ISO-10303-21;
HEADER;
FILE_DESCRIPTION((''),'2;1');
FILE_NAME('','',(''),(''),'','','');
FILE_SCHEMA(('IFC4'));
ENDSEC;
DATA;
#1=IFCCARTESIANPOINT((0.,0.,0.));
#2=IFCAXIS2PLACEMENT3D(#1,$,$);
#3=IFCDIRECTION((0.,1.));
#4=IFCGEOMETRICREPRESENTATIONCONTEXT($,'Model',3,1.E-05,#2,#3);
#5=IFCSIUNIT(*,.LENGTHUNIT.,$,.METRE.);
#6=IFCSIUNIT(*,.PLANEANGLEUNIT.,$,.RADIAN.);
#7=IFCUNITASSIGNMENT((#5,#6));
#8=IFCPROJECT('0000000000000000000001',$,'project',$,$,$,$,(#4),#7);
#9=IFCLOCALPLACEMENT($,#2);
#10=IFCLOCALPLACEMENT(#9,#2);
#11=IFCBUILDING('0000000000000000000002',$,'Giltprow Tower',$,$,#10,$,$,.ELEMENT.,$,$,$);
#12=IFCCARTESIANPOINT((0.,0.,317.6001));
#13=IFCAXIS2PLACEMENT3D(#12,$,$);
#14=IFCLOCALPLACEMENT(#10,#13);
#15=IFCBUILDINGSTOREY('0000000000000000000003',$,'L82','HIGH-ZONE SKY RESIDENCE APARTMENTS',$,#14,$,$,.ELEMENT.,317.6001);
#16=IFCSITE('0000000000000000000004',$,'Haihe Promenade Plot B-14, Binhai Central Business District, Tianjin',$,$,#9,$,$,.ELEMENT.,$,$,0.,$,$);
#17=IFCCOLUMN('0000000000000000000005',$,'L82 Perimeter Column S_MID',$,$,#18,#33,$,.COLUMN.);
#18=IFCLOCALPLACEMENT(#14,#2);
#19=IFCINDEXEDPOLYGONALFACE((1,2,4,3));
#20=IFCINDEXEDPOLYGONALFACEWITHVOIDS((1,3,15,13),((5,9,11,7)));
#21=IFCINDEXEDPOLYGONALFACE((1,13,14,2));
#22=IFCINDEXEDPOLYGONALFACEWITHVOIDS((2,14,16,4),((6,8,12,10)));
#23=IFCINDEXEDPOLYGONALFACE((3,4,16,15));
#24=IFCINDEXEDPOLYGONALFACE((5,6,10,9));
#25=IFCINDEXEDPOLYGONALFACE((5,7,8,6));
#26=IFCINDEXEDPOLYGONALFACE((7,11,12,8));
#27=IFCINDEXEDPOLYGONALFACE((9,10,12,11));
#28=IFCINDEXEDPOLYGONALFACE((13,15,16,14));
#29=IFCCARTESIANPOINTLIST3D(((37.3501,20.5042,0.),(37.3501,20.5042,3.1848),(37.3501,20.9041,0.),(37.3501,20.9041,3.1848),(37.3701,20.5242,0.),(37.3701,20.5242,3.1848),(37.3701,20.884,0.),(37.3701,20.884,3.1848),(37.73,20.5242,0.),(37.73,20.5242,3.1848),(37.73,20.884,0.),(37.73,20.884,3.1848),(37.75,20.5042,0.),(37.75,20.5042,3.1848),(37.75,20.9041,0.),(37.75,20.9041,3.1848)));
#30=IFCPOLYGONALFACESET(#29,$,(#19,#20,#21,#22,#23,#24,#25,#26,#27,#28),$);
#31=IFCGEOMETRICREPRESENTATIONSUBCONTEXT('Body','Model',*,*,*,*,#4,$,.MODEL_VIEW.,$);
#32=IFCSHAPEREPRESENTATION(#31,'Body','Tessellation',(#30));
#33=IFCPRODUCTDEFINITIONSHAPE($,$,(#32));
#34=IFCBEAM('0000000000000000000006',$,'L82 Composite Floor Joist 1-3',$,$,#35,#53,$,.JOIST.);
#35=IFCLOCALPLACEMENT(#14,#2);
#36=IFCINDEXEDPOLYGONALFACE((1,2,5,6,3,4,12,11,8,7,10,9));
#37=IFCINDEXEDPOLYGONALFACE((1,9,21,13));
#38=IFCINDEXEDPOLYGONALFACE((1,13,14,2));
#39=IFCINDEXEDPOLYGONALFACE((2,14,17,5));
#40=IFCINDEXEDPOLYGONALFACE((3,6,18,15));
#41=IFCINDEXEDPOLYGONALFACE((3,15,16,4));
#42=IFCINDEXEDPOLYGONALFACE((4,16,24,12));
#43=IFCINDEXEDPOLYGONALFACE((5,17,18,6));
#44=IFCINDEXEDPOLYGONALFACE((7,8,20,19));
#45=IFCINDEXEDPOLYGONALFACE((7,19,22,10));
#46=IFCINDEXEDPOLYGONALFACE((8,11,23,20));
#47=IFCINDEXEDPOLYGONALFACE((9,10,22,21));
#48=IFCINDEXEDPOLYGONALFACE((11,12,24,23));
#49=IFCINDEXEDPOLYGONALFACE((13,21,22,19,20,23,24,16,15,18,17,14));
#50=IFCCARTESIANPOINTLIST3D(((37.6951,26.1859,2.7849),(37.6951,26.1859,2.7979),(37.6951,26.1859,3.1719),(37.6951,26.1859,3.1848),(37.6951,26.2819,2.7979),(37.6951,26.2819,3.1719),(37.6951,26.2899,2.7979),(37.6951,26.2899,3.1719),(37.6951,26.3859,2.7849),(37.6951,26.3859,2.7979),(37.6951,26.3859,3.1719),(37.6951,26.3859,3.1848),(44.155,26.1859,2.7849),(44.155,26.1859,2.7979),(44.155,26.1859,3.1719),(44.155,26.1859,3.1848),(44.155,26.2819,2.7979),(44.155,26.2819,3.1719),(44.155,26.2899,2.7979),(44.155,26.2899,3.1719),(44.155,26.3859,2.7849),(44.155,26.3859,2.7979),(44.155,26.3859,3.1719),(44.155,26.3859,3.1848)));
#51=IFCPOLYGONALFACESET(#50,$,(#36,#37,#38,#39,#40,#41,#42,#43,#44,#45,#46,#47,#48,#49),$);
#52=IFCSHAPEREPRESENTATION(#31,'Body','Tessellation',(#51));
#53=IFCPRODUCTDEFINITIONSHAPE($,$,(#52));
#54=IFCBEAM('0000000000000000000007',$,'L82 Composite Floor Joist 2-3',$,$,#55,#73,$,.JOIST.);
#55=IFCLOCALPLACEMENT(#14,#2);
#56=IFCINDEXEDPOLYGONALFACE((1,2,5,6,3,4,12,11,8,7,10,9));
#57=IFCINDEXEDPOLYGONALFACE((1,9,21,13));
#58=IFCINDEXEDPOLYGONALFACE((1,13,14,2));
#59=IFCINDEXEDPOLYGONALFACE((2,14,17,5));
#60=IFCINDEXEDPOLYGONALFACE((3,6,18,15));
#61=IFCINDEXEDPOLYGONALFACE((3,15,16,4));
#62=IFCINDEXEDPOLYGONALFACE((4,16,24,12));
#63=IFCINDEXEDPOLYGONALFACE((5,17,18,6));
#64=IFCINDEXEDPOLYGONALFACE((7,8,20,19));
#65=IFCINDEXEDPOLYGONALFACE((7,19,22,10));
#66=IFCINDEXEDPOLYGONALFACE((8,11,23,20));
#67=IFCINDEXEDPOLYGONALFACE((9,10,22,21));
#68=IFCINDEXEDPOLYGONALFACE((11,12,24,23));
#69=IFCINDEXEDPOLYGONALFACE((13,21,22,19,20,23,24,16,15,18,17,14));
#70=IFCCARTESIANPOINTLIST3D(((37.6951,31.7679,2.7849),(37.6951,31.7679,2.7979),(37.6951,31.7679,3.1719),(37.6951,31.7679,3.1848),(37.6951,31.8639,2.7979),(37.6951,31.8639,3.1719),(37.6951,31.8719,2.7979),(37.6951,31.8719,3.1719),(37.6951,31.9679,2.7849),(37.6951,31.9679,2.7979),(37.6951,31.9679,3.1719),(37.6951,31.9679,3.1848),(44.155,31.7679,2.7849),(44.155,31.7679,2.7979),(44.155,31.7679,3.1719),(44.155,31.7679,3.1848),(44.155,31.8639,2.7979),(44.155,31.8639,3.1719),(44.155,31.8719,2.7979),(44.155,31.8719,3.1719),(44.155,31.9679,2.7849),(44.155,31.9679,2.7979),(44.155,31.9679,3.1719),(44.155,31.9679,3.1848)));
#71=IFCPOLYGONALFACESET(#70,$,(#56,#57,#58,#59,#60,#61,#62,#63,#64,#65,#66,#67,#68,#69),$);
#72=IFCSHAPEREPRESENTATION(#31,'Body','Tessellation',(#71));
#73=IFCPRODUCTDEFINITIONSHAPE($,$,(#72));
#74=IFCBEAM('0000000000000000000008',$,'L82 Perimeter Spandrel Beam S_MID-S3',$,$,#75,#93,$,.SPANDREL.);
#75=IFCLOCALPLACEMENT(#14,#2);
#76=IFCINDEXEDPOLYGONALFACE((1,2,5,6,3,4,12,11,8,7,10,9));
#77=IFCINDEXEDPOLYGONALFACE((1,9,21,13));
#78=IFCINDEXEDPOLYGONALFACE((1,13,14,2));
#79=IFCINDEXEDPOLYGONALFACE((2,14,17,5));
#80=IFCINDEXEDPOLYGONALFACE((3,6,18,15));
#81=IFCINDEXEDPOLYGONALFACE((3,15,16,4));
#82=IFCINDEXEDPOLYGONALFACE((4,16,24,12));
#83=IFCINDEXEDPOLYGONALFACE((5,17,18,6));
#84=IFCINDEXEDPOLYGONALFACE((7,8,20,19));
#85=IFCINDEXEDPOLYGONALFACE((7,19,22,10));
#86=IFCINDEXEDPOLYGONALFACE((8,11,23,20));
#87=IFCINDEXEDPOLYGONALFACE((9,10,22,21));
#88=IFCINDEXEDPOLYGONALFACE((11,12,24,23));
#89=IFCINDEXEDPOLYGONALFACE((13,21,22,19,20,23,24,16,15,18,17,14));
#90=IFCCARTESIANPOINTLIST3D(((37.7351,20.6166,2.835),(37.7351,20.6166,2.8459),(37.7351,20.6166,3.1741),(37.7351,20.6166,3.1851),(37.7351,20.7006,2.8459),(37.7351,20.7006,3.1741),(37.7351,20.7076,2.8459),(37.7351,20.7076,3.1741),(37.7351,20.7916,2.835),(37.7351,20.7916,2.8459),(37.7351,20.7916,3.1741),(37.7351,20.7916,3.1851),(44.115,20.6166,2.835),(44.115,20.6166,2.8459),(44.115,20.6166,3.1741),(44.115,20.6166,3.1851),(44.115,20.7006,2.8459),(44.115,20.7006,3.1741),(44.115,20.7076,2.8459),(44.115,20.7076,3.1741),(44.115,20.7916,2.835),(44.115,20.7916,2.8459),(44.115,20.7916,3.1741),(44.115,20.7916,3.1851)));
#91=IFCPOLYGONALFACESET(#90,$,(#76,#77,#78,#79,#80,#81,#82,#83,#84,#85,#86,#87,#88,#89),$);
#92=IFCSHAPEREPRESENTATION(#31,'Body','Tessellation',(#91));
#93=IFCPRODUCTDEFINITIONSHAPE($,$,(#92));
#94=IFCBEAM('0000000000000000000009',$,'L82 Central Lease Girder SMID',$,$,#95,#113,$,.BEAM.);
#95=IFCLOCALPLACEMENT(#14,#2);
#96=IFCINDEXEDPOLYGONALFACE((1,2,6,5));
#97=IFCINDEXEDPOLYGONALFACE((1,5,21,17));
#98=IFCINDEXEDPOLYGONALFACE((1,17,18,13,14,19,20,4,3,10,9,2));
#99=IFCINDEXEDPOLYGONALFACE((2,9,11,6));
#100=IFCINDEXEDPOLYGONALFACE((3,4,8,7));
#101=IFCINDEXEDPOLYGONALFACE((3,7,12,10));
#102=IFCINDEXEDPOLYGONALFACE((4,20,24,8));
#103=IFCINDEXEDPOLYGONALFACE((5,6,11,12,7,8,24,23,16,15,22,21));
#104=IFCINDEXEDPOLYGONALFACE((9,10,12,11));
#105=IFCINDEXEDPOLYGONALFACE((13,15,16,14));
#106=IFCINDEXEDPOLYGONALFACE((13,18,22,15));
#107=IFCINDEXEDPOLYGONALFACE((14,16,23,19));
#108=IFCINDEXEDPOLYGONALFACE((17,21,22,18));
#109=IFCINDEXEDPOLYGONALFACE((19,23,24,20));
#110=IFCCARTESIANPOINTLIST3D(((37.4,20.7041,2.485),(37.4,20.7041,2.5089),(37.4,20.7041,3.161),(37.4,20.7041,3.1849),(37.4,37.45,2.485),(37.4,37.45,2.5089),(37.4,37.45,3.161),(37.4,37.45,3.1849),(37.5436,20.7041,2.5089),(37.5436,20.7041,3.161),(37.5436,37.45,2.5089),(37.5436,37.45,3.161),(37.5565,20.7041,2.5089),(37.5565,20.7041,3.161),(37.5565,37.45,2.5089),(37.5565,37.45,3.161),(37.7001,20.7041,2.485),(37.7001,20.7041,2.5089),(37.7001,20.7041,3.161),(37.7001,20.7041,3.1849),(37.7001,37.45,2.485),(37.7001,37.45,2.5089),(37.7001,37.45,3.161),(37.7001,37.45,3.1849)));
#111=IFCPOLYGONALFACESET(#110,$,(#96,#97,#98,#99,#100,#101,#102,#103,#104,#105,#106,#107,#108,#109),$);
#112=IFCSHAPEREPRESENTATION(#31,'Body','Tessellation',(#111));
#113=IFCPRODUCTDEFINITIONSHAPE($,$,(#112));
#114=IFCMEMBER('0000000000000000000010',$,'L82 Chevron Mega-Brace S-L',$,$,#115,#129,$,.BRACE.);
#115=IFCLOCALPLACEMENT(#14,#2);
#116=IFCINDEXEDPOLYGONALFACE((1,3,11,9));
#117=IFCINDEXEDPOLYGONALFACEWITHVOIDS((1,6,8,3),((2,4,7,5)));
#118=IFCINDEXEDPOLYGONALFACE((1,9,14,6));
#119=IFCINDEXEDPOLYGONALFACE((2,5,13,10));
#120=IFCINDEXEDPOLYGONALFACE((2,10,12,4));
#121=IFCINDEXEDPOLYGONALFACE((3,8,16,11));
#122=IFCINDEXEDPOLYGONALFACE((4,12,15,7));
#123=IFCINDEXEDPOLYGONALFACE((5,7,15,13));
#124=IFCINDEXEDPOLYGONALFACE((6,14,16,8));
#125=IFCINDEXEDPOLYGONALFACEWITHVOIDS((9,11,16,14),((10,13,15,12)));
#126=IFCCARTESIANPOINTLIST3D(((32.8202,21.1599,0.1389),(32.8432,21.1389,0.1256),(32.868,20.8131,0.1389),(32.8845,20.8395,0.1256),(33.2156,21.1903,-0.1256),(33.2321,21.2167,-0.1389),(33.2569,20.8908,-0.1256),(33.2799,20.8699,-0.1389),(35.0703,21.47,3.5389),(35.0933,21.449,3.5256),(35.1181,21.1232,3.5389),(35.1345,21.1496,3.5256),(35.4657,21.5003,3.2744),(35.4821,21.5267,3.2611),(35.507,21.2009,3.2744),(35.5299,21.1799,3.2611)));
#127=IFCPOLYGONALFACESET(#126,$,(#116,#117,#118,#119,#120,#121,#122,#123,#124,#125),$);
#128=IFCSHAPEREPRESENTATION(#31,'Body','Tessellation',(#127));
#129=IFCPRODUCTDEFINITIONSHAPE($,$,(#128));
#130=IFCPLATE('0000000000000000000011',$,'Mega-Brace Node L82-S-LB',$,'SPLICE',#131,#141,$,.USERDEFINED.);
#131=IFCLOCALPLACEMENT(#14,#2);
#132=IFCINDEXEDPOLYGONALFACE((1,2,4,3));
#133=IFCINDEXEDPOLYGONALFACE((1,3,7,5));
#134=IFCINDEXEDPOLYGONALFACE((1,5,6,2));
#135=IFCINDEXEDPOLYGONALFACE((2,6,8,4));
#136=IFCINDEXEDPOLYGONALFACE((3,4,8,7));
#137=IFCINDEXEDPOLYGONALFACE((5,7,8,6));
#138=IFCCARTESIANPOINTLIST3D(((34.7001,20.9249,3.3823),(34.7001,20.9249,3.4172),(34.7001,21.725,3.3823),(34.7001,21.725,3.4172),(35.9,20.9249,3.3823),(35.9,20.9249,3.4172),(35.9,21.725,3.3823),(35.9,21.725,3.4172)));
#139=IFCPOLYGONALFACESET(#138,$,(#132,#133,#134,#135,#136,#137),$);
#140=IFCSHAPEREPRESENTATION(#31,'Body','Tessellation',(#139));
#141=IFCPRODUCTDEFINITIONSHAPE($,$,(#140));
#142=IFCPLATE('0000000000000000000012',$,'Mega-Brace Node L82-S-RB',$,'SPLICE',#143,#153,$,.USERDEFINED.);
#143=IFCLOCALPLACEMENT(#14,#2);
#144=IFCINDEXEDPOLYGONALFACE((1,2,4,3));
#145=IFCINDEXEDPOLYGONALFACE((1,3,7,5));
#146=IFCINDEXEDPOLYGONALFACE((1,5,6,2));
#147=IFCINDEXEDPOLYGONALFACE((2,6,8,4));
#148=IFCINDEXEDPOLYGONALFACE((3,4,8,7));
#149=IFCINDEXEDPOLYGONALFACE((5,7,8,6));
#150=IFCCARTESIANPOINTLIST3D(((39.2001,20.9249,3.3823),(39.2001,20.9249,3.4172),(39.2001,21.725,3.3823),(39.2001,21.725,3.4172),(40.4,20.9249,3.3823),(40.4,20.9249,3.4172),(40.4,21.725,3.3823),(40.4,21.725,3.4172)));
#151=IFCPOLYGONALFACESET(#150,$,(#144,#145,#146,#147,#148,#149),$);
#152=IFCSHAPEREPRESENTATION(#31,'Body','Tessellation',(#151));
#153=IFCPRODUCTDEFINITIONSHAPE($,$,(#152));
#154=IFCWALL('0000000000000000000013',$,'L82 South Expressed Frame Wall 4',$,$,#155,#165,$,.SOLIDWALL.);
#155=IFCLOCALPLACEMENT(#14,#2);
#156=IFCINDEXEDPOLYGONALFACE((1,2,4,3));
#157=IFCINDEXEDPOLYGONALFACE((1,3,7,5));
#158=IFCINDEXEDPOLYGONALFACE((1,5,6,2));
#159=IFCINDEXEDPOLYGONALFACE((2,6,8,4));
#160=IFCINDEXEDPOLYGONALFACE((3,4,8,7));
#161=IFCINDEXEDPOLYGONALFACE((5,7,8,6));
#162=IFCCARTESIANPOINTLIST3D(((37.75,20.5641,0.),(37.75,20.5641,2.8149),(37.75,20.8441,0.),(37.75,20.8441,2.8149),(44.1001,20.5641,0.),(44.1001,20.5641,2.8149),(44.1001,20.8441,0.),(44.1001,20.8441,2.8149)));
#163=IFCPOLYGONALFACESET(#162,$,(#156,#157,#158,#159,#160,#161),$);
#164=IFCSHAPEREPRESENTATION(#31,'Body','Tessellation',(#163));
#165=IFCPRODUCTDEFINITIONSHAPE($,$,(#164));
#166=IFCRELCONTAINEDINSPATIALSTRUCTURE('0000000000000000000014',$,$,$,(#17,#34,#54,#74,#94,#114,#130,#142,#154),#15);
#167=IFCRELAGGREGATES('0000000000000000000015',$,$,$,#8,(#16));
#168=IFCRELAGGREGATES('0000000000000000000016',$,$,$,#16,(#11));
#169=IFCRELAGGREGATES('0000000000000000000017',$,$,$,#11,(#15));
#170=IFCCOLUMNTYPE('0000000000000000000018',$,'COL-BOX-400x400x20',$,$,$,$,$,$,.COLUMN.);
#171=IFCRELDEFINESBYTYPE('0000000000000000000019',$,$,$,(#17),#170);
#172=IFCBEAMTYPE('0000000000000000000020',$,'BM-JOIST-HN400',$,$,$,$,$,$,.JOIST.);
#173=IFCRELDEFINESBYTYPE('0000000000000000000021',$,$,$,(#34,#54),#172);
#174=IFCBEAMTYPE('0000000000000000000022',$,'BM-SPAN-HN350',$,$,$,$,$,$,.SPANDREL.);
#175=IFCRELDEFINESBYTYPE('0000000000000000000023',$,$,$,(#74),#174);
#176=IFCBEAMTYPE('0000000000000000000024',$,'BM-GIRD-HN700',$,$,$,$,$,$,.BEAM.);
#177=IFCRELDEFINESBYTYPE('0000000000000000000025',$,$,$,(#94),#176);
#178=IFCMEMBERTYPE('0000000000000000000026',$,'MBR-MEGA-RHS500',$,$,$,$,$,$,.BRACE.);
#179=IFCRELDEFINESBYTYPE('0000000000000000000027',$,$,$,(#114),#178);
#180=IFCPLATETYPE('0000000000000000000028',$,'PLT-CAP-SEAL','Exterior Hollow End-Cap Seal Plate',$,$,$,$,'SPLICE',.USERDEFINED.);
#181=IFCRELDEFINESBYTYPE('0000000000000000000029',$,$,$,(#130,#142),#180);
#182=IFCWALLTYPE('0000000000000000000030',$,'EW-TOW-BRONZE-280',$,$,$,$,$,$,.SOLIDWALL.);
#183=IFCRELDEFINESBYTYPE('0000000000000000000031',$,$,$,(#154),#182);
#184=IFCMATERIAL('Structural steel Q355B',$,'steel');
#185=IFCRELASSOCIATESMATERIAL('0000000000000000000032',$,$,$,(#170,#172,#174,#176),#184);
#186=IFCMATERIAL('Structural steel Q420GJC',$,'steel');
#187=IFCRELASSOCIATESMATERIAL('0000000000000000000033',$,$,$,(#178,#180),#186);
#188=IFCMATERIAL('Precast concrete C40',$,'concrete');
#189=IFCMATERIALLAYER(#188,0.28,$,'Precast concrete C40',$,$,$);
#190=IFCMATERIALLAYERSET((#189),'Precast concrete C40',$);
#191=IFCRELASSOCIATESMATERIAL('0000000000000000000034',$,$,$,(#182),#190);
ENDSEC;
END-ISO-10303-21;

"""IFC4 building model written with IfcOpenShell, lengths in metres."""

from ifc_helpers import new_model, si_unit, direction, frame, frame_2d, origin, origin_2d, place, context, subcontext, project, spatial, rectangle, hollow_rectangle, i_section, extrude, source, transform, mapped, material, layer, layer_set, material_profile, profile_set, type_object, element, save


model = new_model("IFC4")

# Units and contexts
model_context = context("Model", 3, precision=1e-05, world=origin(), true_north=direction((0.0, 1.0)))
body_context = subcontext(model_context, "Body", "Model", "MODEL_VIEW")
ifc_project = project(units=[si_unit("LENGTHUNIT", "METRE"), si_unit("PLANEANGLEUNIT", "RADIAN")], contexts=[model_context])

# Site, building, storey
site_placement = place(None, origin())
site = spatial("IfcSite", under=ifc_project, at=site_placement, Name="Haihe Promenade Plot B-14, Binhai Central Business District, Tianjin", CompositionType="ELEMENT", RefElevation=0.0)
building_placement = place(site_placement, origin())
building = spatial("IfcBuilding", under=site, at=building_placement, Name="Giltprow Tower", CompositionType="ELEMENT")
storey_placement = place(building_placement, frame((0.0, 0.0, 317.6001)))
storey = spatial("IfcBuildingStorey", under=building, at=storey_placement, Name="L82", Description="HIGH-ZONE SKY RESIDENCE APARTMENTS", CompositionType="ELEMENT", Elevation=317.6001)

# Column
ifc_material_1 = material(Name="Structural steel Q355B", Category="steel")
ifc_material_profile_1 = material_profile(ifc_material_1, hollow_rectangle(XDim=0.3999, YDim=0.3999, WallThickness=0.02, at=origin_2d()), Name="BOX 400x400x20")
ifc_profile_set_1 = profile_set([ifc_material_profile_1], Name="Structural steel Q355B")
column_type = type_object("IfcColumnType", Name="COL-BOX-400x400x20", PredefinedType="COLUMN", material=ifc_profile_set_1)
shared_shape_1 = source(origin(), body_context, "Body", "SweptSolid", [
    extrude(hollow_rectangle(XDim=0.3999, YDim=0.3999, WallThickness=0.02, at=origin_2d()), origin(), (0.0, 0.0, 1.0), 3.1848),
])
column_placement = place(storey_placement, frame((37.55, 20.7041, 0.0), z_axis=(0.0, 0.0, 1.0), x_axis=(1.0, 0.0, 0.0)))
element("IfcColumn", 1, at=column_placement, inside=storey, type_object=column_type, Name="L82 Perimeter Column S_MID", PredefinedType="COLUMN", context=body_context, shape_type="MappedRepresentation", body=[
    mapped(shared_shape_1, transform((0.0, 0.0, 0.0), x_axis=(1.0, 0.0, 0.0), y_axis=(0.0, 1.0, 0.0), z_axis=(0.0, 0.0, 1.0), scale=1.0)),
])

# Beams
ifc_material_profile_2 = material_profile(ifc_material_1, i_section(OverallWidth=0.2, OverallDepth=0.3999, WebThickness=0.0081, FlangeThickness=0.0129, at=origin_2d()), Name="HN 400x200x8x13")
ifc_profile_set_2 = profile_set([ifc_material_profile_2], Name="Structural steel Q355B")
beam_type_1 = type_object("IfcBeamType", Name="BM-JOIST-HN400", PredefinedType="JOIST", material=ifc_profile_set_2)
shared_shape_2 = source(origin(), body_context, "Body", "SweptSolid", [
    extrude(i_section(OverallWidth=0.2, OverallDepth=0.3999, WebThickness=0.0081, FlangeThickness=0.0129, at=origin_2d()), origin(), (0.0, 0.0, 1.0), 6.46),
])
for number, where, z_axis, x_axis, name in (
    (2, (37.6951, 26.2859, 2.9849), (1.0, 0.0, 0.0), (0.0, 1.0, 0.0), "L82 Composite Floor Joist 1-3"),
    (3, (37.6951, 31.8679, 2.9849), (1.0, 0.0, 0.0), (0.0, 1.0, 0.0), "L82 Composite Floor Joist 2-3"),
):
    element("IfcBeam", number, at=place(storey_placement, frame(where, z_axis=z_axis, x_axis=x_axis)), inside=storey, type_object=beam_type_1, Name=name, PredefinedType="JOIST", context=body_context, shape_type="MappedRepresentation", body=[
        mapped(shared_shape_2, transform((0.0, 0.0, 0.0), x_axis=(1.0, 0.0, 0.0), y_axis=(0.0, 1.0, 0.0), z_axis=(0.0, 0.0, 1.0), scale=1.0)),
    ])
ifc_material_profile_3 = material_profile(ifc_material_1, i_section(OverallWidth=0.175, OverallDepth=0.3501, WebThickness=0.0071, FlangeThickness=0.011, at=origin_2d()), Name="HN 350x175x7x11")
ifc_profile_set_3 = profile_set([ifc_material_profile_3], Name="Structural steel Q355B")
beam_type_2 = type_object("IfcBeamType", Name="BM-SPAN-HN350", PredefinedType="SPANDREL", material=ifc_profile_set_3)
shared_shape_3 = source(origin(), body_context, "Body", "SweptSolid", [
    extrude(i_section(OverallWidth=0.175, OverallDepth=0.3501, WebThickness=0.0071, FlangeThickness=0.011, at=origin_2d()), origin(), (0.0, 0.0, 1.0), 6.3799),
])
beam_1_placement = place(storey_placement, frame((37.7351, 20.7041, 3.01), z_axis=(1.0, 0.0, 0.0), x_axis=(0.0, 1.0, 0.0)))
element("IfcBeam", 4, at=beam_1_placement, inside=storey, type_object=beam_type_2, Name="L82 Perimeter Spandrel Beam S_MID-S3", PredefinedType="SPANDREL", context=body_context, shape_type="MappedRepresentation", body=[
    mapped(shared_shape_3, transform((0.0, 0.0, 0.0), x_axis=(1.0, 0.0, 0.0), y_axis=(0.0, 1.0, 0.0), z_axis=(0.0, 0.0, 1.0), scale=1.0)),
])
ifc_material_profile_4 = material_profile(ifc_material_1, i_section(OverallWidth=0.3, OverallDepth=0.7, WebThickness=0.0129, FlangeThickness=0.0239, at=origin_2d()), Name="HN 700x300x13x24")
ifc_profile_set_4 = profile_set([ifc_material_profile_4], Name="Structural steel Q355B")
beam_type_3 = type_object("IfcBeamType", Name="BM-GIRD-HN700", PredefinedType="BEAM", material=ifc_profile_set_4)
shared_shape_4 = source(origin(), body_context, "Body", "SweptSolid", [
    extrude(i_section(OverallWidth=0.3, OverallDepth=0.7, WebThickness=0.0129, FlangeThickness=0.0239, at=origin_2d()), origin(), (0.0, 0.0, 1.0), 16.7458),
])
beam_2_placement = place(storey_placement, frame((37.55, 20.7041, 2.835), z_axis=(0.0, 1.0, 0.0), x_axis=(-1.0, 0.0, 0.0)))
element("IfcBeam", 5, at=beam_2_placement, inside=storey, type_object=beam_type_3, Name="L82 Central Lease Girder SMID", PredefinedType="BEAM", context=body_context, shape_type="MappedRepresentation", body=[
    mapped(shared_shape_4, transform((0.0, 0.0, 0.0), x_axis=(1.0, 0.0, 0.0), y_axis=(0.0, 1.0, 0.0), z_axis=(0.0, 0.0, 1.0), scale=1.0)),
])

# Member
ifc_material_2 = material(Name="Structural steel Q420GJC", Category="steel")
ifc_material_profile_5 = material_profile(ifc_material_2, hollow_rectangle(XDim=0.3501, YDim=0.5, WallThickness=0.0239, at=origin_2d()), Name="RHS 500x350x24")
ifc_profile_set_5 = profile_set([ifc_material_profile_5], Name="Structural steel Q420GJC")
member_type = type_object("IfcMemberType", Name="MBR-MEGA-RHS500", PredefinedType="BRACE", material=ifc_profile_set_5)
shared_shape_5 = source(origin(), body_context, "Body", "SweptSolid", [
    extrude(hollow_rectangle(XDim=0.3501, YDim=0.5, WallThickness=0.0239, at=origin_2d()), origin(), (0.0, 0.0, 1.0), 4.0889),
])
member_placement = place(storey_placement, frame((33.05, 21.0149, 0.0), z_axis=(0.550289, 0.075832, 0.831524), x_axis=(-0.136514, 0.990638, 0.0)))
element("IfcMember", 6, at=member_placement, inside=storey, type_object=member_type, Name="L82 Chevron Mega-Brace S-L", PredefinedType="BRACE", context=body_context, shape_type="MappedRepresentation", body=[
    mapped(shared_shape_5, transform((0.0, 0.0, 0.0), x_axis=(1.0, 0.0, 0.0), y_axis=(0.0, 1.0, 0.0), z_axis=(0.0, 0.0, 1.0), scale=1.0)),
])

# Plates
plate_type = type_object("IfcPlateType", Name="PLT-CAP-SEAL", Description="Exterior Hollow End-Cap Seal Plate", ElementType="SPLICE", PredefinedType="USERDEFINED", material=ifc_material_2)
shared_shape_6 = source(origin(), body_context, "Body", "SweptSolid", [
    extrude(rectangle(XDim=1.2, YDim=0.8, at=origin_2d()), origin(), (0.0, 0.0, 1.0), 0.0349),
])
for number, where, z_axis, x_axis, name in (
    (7, (35.3, 21.325, 3.3823), (0.0, 0.0, 1.0), (1.0, 0.0, 0.0), "Mega-Brace Node L82-S-LB"),
    (8, (39.8, 21.325, 3.3823), (0.0, 0.0, 1.0), (1.0, 0.0, 0.0), "Mega-Brace Node L82-S-RB"),
):
    element("IfcPlate", number, at=place(storey_placement, frame(where, z_axis=z_axis, x_axis=x_axis)), inside=storey, type_object=plate_type, Name=name, ObjectType="SPLICE", PredefinedType="USERDEFINED", context=body_context, shape_type="MappedRepresentation", body=[
        mapped(shared_shape_6, transform((0.0, 0.0, 0.0), x_axis=(1.0, 0.0, 0.0), y_axis=(0.0, 1.0, 0.0), z_axis=(0.0, 0.0, 1.0), scale=1.0)),
    ])

# Wall
ifc_material_3 = material(Name="Precast concrete C40", Category="concrete")
ifc_layer_1 = layer(ifc_material_3, 0.28, Name="Precast concrete C40")
ifc_layer_set_1 = layer_set([ifc_layer_1], Name="Precast concrete C40")
wall_type_1 = type_object("IfcWallType", Name="EW-TOW-BRONZE-280", PredefinedType="SOLIDWALL", material=ifc_layer_set_1)
wall_1_placement = place(storey_placement, frame((37.75, 20.7041, 0.0), z_axis=(0.0, 0.0, 1.0), x_axis=(1.0, 0.0, 0.0)))
element("IfcWall", 9, at=wall_1_placement, inside=storey, type_object=wall_type_1, Name="L82 South Expressed Frame Wall 4", PredefinedType="SOLIDWALL", context=body_context, shape_type="SweptSolid", body=[
    extrude(rectangle(XDim=6.3501, YDim=0.28, at=frame_2d((3.175, 0.0))), origin(), (0.0, 0.0, 1.0), 2.8149),
])

save(model, "model.ifc")
